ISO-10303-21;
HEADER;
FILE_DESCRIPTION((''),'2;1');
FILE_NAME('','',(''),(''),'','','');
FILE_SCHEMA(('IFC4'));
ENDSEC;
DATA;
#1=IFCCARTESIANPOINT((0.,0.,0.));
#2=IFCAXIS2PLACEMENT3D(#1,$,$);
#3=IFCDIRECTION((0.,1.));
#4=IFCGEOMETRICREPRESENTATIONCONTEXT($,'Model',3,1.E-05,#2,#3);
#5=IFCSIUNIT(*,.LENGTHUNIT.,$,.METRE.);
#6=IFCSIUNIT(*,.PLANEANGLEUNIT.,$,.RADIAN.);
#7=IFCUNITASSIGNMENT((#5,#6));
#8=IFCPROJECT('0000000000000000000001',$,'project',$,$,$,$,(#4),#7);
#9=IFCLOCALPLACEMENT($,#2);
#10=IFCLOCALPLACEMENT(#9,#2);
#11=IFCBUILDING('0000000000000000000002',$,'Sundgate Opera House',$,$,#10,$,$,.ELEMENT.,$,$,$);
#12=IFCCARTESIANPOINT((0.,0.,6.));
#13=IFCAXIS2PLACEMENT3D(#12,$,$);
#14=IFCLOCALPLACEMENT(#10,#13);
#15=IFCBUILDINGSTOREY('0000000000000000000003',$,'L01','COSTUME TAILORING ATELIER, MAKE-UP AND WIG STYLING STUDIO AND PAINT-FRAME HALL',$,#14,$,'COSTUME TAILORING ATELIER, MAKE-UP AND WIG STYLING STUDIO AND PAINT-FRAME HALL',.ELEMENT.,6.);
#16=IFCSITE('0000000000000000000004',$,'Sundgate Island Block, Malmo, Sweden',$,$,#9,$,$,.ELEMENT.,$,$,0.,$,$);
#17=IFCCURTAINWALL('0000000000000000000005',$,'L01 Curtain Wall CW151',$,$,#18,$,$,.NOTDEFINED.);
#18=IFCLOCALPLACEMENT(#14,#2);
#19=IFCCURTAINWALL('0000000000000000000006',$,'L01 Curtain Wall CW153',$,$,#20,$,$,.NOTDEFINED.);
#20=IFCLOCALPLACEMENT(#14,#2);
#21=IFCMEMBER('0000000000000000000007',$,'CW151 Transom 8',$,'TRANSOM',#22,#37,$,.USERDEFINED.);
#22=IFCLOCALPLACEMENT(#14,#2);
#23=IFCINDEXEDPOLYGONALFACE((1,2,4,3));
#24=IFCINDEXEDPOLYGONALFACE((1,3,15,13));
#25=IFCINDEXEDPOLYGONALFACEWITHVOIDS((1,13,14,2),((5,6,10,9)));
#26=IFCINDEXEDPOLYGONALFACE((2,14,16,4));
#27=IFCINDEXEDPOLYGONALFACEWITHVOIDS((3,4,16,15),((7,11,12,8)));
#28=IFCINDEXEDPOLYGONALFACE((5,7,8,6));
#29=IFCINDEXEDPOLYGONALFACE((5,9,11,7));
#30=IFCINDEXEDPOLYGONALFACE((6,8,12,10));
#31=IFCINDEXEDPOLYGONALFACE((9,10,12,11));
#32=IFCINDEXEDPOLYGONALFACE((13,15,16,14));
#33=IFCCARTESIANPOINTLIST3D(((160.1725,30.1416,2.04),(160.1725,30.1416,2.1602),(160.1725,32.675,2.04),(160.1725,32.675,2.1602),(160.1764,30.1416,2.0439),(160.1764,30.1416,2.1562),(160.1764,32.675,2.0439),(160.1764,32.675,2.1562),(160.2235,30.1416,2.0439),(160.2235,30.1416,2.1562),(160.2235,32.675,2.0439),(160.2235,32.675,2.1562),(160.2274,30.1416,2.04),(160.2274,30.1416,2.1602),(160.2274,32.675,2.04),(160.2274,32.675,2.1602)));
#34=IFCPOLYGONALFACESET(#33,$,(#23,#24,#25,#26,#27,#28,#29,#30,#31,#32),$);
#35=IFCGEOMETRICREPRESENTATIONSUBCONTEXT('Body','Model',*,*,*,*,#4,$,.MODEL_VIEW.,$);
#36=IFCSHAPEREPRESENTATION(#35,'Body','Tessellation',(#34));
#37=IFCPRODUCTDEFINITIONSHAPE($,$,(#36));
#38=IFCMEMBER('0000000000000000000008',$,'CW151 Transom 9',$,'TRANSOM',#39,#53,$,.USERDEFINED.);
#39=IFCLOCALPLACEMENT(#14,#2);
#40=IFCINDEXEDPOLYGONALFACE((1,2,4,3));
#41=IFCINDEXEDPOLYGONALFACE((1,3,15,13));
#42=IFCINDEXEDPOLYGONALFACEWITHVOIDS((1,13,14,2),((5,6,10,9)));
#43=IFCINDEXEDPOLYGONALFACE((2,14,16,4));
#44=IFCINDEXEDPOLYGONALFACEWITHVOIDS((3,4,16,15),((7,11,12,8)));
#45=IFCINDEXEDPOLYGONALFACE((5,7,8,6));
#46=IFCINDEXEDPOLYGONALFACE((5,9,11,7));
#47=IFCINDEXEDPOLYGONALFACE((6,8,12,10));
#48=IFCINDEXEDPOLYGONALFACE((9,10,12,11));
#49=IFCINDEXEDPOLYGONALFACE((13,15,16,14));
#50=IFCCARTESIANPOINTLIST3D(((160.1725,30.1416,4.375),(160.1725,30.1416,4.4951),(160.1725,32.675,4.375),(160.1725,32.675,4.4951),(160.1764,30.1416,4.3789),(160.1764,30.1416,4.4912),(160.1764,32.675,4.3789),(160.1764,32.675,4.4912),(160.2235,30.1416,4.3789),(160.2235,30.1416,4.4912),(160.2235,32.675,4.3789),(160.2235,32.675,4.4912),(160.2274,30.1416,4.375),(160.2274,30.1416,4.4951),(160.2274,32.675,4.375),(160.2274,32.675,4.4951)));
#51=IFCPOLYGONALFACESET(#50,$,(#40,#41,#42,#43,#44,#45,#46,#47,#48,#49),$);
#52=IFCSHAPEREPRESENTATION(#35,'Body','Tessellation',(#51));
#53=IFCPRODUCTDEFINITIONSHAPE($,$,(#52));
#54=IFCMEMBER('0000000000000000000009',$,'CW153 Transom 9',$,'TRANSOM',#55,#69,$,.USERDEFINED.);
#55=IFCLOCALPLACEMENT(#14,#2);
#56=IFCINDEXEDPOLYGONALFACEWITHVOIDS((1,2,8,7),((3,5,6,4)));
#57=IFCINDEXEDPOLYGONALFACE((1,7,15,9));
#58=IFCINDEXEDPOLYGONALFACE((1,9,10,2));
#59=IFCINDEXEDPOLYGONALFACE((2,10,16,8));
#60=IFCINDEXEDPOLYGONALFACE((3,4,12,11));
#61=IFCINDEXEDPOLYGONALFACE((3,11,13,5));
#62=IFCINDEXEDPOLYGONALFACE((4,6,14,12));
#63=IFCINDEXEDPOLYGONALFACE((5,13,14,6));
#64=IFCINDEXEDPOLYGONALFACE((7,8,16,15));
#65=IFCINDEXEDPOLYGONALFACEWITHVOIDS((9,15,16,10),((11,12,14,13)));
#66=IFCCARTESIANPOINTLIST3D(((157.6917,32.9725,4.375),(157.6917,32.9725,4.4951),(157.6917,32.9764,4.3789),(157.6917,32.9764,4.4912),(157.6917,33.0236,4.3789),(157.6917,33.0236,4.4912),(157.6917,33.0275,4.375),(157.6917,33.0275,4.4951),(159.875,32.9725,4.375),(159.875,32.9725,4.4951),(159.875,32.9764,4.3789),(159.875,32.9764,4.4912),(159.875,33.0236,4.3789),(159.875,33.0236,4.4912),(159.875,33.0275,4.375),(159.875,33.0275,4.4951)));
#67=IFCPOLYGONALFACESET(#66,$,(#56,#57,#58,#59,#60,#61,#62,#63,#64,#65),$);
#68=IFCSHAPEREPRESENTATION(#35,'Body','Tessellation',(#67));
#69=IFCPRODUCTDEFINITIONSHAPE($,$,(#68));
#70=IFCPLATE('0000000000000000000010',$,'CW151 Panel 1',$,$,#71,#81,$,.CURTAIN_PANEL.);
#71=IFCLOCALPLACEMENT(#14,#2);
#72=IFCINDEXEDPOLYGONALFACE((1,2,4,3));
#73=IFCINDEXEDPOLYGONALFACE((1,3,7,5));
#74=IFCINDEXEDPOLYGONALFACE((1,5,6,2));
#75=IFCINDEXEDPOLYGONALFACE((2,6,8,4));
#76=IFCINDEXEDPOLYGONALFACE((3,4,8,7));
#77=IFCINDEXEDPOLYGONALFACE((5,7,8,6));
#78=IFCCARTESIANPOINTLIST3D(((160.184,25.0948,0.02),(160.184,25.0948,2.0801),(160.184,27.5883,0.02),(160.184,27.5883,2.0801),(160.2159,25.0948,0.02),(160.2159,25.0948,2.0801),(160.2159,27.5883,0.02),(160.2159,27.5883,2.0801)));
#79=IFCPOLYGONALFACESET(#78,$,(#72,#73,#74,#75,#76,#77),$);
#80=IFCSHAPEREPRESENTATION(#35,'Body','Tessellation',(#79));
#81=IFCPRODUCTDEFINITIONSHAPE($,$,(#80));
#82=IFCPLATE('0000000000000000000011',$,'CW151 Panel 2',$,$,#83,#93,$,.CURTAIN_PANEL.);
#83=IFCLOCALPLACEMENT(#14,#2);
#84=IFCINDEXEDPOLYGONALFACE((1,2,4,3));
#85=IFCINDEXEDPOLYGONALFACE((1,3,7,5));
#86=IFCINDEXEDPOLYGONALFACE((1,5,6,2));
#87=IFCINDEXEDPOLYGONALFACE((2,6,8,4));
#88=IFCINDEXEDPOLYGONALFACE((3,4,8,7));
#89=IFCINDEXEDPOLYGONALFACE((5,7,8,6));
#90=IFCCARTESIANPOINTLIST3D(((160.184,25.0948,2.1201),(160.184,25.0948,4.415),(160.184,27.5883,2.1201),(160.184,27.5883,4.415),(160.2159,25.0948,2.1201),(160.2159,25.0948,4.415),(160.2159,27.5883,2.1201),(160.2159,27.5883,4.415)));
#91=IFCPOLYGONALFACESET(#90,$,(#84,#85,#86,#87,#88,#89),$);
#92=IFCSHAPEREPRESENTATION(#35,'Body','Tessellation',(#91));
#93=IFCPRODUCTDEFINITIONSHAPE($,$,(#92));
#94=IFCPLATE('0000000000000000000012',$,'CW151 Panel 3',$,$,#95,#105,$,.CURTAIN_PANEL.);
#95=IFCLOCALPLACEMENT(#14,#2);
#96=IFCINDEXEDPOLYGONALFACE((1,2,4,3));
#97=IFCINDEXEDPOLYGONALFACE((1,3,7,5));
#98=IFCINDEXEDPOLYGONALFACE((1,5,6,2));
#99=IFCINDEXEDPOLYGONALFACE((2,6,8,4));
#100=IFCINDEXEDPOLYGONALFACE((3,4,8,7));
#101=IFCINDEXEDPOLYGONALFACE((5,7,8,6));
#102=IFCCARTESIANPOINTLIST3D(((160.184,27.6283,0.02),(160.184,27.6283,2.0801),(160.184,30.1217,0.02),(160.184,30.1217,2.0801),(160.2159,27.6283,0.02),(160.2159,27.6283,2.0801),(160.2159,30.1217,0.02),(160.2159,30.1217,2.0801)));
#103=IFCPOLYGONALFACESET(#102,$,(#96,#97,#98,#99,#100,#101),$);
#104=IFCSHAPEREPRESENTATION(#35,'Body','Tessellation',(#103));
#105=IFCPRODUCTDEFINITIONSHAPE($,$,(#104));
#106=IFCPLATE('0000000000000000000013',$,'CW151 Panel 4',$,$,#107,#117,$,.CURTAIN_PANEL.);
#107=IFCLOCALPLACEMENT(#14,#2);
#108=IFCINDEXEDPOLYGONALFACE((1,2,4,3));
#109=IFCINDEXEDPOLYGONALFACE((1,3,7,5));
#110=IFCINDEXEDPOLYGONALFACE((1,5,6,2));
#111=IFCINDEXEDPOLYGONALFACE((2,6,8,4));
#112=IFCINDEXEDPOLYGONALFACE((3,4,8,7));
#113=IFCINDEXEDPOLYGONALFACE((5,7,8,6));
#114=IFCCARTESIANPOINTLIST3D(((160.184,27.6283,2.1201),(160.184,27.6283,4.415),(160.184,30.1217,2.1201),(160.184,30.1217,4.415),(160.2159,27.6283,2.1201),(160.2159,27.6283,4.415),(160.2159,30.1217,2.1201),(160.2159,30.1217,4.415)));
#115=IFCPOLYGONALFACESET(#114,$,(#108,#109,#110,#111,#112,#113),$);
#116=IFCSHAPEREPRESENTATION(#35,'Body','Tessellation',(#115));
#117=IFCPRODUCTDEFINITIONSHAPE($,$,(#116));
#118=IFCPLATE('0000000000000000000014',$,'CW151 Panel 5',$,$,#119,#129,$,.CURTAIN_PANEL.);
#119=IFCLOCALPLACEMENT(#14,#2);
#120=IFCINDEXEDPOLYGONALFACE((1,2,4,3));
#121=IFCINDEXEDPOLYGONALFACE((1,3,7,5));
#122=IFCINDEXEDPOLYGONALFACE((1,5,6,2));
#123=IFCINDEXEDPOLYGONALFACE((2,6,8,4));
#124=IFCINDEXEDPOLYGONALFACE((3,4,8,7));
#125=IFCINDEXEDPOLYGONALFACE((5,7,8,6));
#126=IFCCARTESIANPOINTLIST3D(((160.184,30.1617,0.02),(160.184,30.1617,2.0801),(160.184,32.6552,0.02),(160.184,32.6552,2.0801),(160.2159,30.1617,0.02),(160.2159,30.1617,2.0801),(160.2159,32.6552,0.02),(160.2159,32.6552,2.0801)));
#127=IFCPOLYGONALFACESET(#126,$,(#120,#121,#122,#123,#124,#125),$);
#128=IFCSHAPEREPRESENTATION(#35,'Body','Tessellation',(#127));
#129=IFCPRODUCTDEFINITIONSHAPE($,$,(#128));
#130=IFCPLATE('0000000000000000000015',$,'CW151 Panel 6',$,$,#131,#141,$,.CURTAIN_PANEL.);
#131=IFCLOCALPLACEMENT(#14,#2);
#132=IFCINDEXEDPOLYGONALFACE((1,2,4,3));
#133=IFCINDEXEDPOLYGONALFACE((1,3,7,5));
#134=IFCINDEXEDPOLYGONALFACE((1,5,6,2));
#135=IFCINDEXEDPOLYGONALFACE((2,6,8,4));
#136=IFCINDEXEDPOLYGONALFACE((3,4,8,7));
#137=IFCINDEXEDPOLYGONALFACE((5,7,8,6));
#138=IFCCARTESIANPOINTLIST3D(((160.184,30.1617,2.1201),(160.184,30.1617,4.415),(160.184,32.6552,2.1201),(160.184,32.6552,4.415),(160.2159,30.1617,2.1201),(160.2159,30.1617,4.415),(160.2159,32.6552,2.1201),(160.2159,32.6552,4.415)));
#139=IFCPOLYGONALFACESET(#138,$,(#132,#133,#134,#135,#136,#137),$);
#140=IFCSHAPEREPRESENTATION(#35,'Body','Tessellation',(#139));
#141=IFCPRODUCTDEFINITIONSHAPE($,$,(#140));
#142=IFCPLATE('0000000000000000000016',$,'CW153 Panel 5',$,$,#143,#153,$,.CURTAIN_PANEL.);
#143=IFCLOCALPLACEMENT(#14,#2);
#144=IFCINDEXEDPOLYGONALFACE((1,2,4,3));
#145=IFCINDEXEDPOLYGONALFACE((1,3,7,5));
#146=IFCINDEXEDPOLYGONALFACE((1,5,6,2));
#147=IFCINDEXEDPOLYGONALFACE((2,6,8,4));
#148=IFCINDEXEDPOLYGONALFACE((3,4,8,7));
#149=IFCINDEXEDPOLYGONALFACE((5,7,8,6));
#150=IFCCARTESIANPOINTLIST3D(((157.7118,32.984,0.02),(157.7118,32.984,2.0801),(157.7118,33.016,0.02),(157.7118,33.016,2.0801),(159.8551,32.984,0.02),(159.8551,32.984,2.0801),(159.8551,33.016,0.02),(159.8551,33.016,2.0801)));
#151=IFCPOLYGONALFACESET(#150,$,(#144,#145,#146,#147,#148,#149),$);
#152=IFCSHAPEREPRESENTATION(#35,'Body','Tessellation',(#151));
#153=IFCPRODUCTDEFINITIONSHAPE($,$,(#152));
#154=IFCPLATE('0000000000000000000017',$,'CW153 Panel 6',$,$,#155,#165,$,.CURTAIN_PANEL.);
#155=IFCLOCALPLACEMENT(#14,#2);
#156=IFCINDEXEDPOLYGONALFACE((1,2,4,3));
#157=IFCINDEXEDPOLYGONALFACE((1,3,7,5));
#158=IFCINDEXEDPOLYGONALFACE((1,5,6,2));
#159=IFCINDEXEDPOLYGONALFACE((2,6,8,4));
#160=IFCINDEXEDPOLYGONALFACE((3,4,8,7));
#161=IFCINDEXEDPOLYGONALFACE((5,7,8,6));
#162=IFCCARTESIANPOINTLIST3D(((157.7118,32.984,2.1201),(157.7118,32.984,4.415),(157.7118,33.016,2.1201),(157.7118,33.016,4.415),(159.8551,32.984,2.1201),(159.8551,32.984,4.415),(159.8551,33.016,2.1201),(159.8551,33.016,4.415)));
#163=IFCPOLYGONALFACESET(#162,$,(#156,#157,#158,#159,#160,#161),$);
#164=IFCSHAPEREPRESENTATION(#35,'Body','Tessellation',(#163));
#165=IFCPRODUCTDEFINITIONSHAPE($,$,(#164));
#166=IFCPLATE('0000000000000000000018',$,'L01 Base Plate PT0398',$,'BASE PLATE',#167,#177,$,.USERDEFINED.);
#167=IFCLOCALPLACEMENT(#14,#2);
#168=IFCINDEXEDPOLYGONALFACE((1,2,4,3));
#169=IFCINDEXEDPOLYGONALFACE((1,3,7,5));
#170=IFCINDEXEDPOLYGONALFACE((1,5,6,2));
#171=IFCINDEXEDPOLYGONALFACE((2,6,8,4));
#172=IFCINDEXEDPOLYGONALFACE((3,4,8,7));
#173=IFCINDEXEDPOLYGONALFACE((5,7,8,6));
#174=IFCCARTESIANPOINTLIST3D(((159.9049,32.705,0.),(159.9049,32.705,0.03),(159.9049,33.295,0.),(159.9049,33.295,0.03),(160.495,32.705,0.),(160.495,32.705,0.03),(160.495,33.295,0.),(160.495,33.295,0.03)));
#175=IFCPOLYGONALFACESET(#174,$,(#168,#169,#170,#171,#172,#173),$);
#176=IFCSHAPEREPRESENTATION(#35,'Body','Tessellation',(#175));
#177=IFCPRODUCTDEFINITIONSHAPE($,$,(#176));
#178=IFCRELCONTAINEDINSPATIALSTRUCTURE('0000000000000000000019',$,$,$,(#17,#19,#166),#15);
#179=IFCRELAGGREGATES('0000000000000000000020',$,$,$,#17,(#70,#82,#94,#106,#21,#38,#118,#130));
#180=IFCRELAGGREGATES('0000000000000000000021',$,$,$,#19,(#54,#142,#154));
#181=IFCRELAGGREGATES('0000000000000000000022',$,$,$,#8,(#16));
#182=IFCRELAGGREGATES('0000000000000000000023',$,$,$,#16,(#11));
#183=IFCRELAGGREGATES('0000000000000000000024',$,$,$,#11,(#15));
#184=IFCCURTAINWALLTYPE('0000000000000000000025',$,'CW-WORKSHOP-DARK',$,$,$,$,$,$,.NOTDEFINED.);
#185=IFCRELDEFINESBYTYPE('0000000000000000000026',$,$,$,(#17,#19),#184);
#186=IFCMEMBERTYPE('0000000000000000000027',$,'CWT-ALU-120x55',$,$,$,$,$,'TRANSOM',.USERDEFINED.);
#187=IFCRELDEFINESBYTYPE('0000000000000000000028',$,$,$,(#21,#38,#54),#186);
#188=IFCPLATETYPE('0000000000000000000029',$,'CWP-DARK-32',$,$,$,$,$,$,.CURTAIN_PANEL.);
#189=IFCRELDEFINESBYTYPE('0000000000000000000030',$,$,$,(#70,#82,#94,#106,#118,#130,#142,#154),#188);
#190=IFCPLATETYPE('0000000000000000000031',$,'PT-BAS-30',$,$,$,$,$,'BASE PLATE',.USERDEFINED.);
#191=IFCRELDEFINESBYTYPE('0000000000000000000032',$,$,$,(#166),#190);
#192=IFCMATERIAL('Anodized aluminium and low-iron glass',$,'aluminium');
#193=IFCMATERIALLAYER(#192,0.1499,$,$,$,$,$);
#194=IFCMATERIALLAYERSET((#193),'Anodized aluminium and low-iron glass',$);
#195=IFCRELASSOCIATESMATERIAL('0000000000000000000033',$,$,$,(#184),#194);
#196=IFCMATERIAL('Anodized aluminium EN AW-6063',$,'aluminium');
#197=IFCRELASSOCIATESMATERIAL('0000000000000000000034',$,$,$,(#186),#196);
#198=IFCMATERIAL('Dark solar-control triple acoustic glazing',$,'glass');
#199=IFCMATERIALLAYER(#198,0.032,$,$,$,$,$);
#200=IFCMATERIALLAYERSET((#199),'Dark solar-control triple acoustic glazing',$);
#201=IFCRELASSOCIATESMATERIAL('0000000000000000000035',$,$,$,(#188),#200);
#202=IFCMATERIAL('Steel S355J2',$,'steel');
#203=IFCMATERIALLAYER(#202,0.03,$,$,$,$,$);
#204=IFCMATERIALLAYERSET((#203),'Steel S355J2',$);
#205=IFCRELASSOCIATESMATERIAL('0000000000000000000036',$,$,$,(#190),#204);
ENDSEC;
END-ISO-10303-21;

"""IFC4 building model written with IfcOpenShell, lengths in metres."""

from ifc_helpers import new_model, si_unit, direction, frame, origin, origin_2d, place, context, subcontext, project, spatial, rectangle, hollow_rectangle, extrude, material, layer, layer_set, material_profile, profile_set, type_object, element, aggregate, save


model = new_model("IFC4")

# Units and contexts
model_context = context("Model", 3, precision=1e-05, world=origin(), true_north=direction((0.0, 1.0)))
body_context = subcontext(model_context, "Body", "Model", "MODEL_VIEW")
ifc_project = project(units=[si_unit("LENGTHUNIT", "METRE"), si_unit("PLANEANGLEUNIT", "RADIAN")], contexts=[model_context])

# Site, building, storey
site_placement = place(None, origin())
site = spatial("IfcSite", under=ifc_project, at=site_placement, Name="Sundgate Island Block, Malmo, Sweden", CompositionType="ELEMENT", RefElevation=0.0)
building_placement = place(site_placement, origin())
building = spatial("IfcBuilding", under=site, at=building_placement, Name="Sundgate Opera House", CompositionType="ELEMENT")
storey_placement = place(building_placement, frame((0.0, 0.0, 6.0)))
storey = spatial("IfcBuildingStorey", under=building, at=storey_placement, Name="L01", Description="COSTUME TAILORING ATELIER, MAKE-UP AND WIG STYLING STUDIO AND PAINT-FRAME HALL", LongName="COSTUME TAILORING ATELIER, MAKE-UP AND WIG STYLING STUDIO AND PAINT-FRAME HALL", CompositionType="ELEMENT", Elevation=6.0)

# Curtain wall
ifc_material_1 = material(Name="Anodized aluminium and low-iron glass", Category="aluminium")
ifc_layer_1 = layer(ifc_material_1, 0.1499)
ifc_layer_set_1 = layer_set([ifc_layer_1], Name="Anodized aluminium and low-iron glass")
curtain_wall_type = type_object("IfcCurtainWallType", Name="CW-WORKSHOP-DARK", PredefinedType="NOTDEFINED", material=ifc_layer_set_1)
curtain_wall_1_placement = place(storey_placement, origin())
curtain_wall_1 = element("IfcCurtainWall", 1, at=curtain_wall_1_placement, inside=storey, type_object=curtain_wall_type, Name="L01 Curtain Wall CW151", PredefinedType="NOTDEFINED")

# Curtain wall
curtain_wall_2_placement = place(storey_placement, origin())
curtain_wall_2 = element("IfcCurtainWall", 2, at=curtain_wall_2_placement, inside=storey, type_object=curtain_wall_type, Name="L01 Curtain Wall CW153", PredefinedType="NOTDEFINED")

# Members
ifc_material_2 = material(Name="Anodized aluminium EN AW-6063", Category="aluminium")
ifc_material_profile_1 = material_profile(ifc_material_2, hollow_rectangle(XDim=0.0549, YDim=0.1201, WallThickness=0.0039, at=origin_2d()), Name="CWT 120x55x4")
ifc_profile_set_1 = profile_set([ifc_material_profile_1], Name="Anodized aluminium EN AW-6063")
member_type_1 = type_object("IfcMemberType", Name="CWT-ALU-120x55", ElementType="TRANSOM", PredefinedType="USERDEFINED", material=ifc_profile_set_1)
member_1_placement = place(storey_placement, frame((160.2, 30.1416, 2.1001), z_axis=(0.0, 1.0, 0.0), x_axis=(-1.0, 0.0, 0.0)))
member_1 = element("IfcMember", 3, at=member_1_placement, type_object=member_type_1, Name="CW151 Transom 8", ObjectType="TRANSOM", PredefinedType="USERDEFINED", context=body_context, shape_type="SweptSolid", body=[
    extrude(hollow_rectangle(XDim=0.0549, YDim=0.1201, WallThickness=0.0039, at=origin_2d()), origin(), (0.0, 0.0, 1.0), 2.5334),
])
member_2_placement = place(storey_placement, frame((160.2, 30.1416, 4.4351), z_axis=(0.0, 1.0, 0.0), x_axis=(-1.0, 0.0, 0.0)))
member_2 = element("IfcMember", 4, at=member_2_placement, type_object=member_type_1, Name="CW151 Transom 9", ObjectType="TRANSOM", PredefinedType="USERDEFINED", context=body_context, shape_type="SweptSolid", body=[
    extrude(hollow_rectangle(XDim=0.0549, YDim=0.1201, WallThickness=0.0039, at=origin_2d()), origin(), (0.0, 0.0, 1.0), 2.5334),
])
member_3_placement = place(storey_placement, frame((157.6917, 33.0, 4.4351), z_axis=(1.0, 0.0, 0.0), x_axis=(0.0, 1.0, 0.0)))
member_3 = element("IfcMember", 5, at=member_3_placement, type_object=member_type_1, Name="CW153 Transom 9", ObjectType="TRANSOM", PredefinedType="USERDEFINED", context=body_context, shape_type="SweptSolid", body=[
    extrude(hollow_rectangle(XDim=0.0549, YDim=0.1201, WallThickness=0.0039, at=origin_2d()), origin(), (0.0, 0.0, 1.0), 2.1833),
])

# Plates
ifc_material_3 = material(Name="Dark solar-control triple acoustic glazing", Category="glass")
ifc_layer_2 = layer(ifc_material_3, 0.032)
ifc_layer_set_2 = layer_set([ifc_layer_2], Name="Dark solar-control triple acoustic glazing")
plate_type_1 = type_object("IfcPlateType", Name="CWP-DARK-32", PredefinedType="CURTAIN_PANEL", material=ifc_layer_set_2)
plate_1_placement = place(storey_placement, frame((160.2, 26.3416, 0.02), z_axis=(0.0, 0.0, 1.0), x_axis=(0.0, 1.0, 0.0)))
plate_1 = element("IfcPlate", 6, at=plate_1_placement, type_object=plate_type_1, Name="CW151 Panel 1", PredefinedType="CURTAIN_PANEL", context=body_context, shape_type="SweptSolid", body=[
    extrude(rectangle(XDim=2.4934, YDim=0.032, at=origin_2d()), origin(), (0.0, 0.0, 1.0), 2.0601),
])
plate_2_placement = place(storey_placement, frame((160.2, 26.3416, 2.1201), z_axis=(0.0, 0.0, 1.0), x_axis=(0.0, 1.0, 0.0)))
plate_2 = element("IfcPlate", 7, at=plate_2_placement, type_object=plate_type_1, Name="CW151 Panel 2", PredefinedType="CURTAIN_PANEL", context=body_context, shape_type="SweptSolid", body=[
    extrude(rectangle(XDim=2.4934, YDim=0.032, at=origin_2d()), origin(), (0.0, 0.0, 1.0), 2.2949),
])
plate_3_placement = place(storey_placement, frame((160.2, 28.875, 0.02), z_axis=(0.0, 0.0, 1.0), x_axis=(0.0, 1.0, 0.0)))
plate_3 = element("IfcPlate", 8, at=plate_3_placement, type_object=plate_type_1, Name="CW151 Panel 3", PredefinedType="CURTAIN_PANEL", context=body_context, shape_type="SweptSolid", body=[
    extrude(rectangle(XDim=2.4934, YDim=0.032, at=origin_2d()), origin(), (0.0, 0.0, 1.0), 2.0601),
])
plate_4_placement = place(storey_placement, frame((160.2, 28.875, 2.1201), z_axis=(0.0, 0.0, 1.0), x_axis=(0.0, 1.0, 0.0)))
plate_4 = element("IfcPlate", 9, at=plate_4_placement, type_object=plate_type_1, Name="CW151 Panel 4", PredefinedType="CURTAIN_PANEL", context=body_context, shape_type="SweptSolid", body=[
    extrude(rectangle(XDim=2.4934, YDim=0.032, at=origin_2d()), origin(), (0.0, 0.0, 1.0), 2.2949),
])
plate_5_placement = place(storey_placement, frame((160.2, 31.4084, 0.02), z_axis=(0.0, 0.0, 1.0), x_axis=(0.0, 1.0, 0.0)))
plate_5 = element("IfcPlate", 10, at=plate_5_placement, type_object=plate_type_1, Name="CW151 Panel 5", PredefinedType="CURTAIN_PANEL", context=body_context, shape_type="SweptSolid", body=[
    extrude(rectangle(XDim=2.4934, YDim=0.032, at=origin_2d()), origin(), (0.0, 0.0, 1.0), 2.0601),
])
plate_6_placement = place(storey_placement, frame((160.2, 31.4084, 2.1201), z_axis=(0.0, 0.0, 1.0), x_axis=(0.0, 1.0, 0.0)))
plate_6 = element("IfcPlate", 11, at=plate_6_placement, type_object=plate_type_1, Name="CW151 Panel 6", PredefinedType="CURTAIN_PANEL", context=body_context, shape_type="SweptSolid", body=[
    extrude(rectangle(XDim=2.4934, YDim=0.032, at=origin_2d()), origin(), (0.0, 0.0, 1.0), 2.2949),
])
aggregate(curtain_wall_1, [plate_1, plate_2, plate_3, plate_4, member_1, member_2, plate_5, plate_6])
plate_7_placement = place(storey_placement, frame((158.7834, 33.0, 0.02), z_axis=(0.0, 0.0, 1.0), x_axis=(1.0, 0.0, 0.0)))
plate_7 = element("IfcPlate", 12, at=plate_7_placement, type_object=plate_type_1, Name="CW153 Panel 5", PredefinedType="CURTAIN_PANEL", context=body_context, shape_type="SweptSolid", body=[
    extrude(rectangle(XDim=2.1433, YDim=0.032, at=origin_2d()), origin(), (0.0, 0.0, 1.0), 2.0601),
])
plate_8_placement = place(storey_placement, frame((158.7834, 33.0, 2.1201), z_axis=(0.0, 0.0, 1.0), x_axis=(1.0, 0.0, 0.0)))
plate_8 = element("IfcPlate", 13, at=plate_8_placement, type_object=plate_type_1, Name="CW153 Panel 6", PredefinedType="CURTAIN_PANEL", context=body_context, shape_type="SweptSolid", body=[
    extrude(rectangle(XDim=2.1433, YDim=0.032, at=origin_2d()), origin(), (0.0, 0.0, 1.0), 2.2949),
])
aggregate(curtain_wall_2, [member_3, plate_7, plate_8])
ifc_material_4 = material(Name="Steel S355J2", Category="steel")
ifc_layer_3 = layer(ifc_material_4, 0.03)
ifc_layer_set_3 = layer_set([ifc_layer_3], Name="Steel S355J2")
plate_type_2 = type_object("IfcPlateType", Name="PT-BAS-30", ElementType="BASE PLATE", PredefinedType="USERDEFINED", material=ifc_layer_set_3)
plate_9_placement = place(storey_placement, frame((160.2, 33.0, 0.0), z_axis=(0.0, 0.0, 1.0), x_axis=(1.0, 0.0, 0.0)))
element("IfcPlate", 14, at=plate_9_placement, inside=storey, type_object=plate_type_2, Name="L01 Base Plate PT0398", ObjectType="BASE PLATE", PredefinedType="USERDEFINED", context=body_context, shape_type="SweptSolid", body=[
    extrude(rectangle(XDim=0.5901, YDim=0.5901, at=origin_2d()), origin(), (0.0, 0.0, 1.0), 0.03),
])

save(model, "model.ifc")
